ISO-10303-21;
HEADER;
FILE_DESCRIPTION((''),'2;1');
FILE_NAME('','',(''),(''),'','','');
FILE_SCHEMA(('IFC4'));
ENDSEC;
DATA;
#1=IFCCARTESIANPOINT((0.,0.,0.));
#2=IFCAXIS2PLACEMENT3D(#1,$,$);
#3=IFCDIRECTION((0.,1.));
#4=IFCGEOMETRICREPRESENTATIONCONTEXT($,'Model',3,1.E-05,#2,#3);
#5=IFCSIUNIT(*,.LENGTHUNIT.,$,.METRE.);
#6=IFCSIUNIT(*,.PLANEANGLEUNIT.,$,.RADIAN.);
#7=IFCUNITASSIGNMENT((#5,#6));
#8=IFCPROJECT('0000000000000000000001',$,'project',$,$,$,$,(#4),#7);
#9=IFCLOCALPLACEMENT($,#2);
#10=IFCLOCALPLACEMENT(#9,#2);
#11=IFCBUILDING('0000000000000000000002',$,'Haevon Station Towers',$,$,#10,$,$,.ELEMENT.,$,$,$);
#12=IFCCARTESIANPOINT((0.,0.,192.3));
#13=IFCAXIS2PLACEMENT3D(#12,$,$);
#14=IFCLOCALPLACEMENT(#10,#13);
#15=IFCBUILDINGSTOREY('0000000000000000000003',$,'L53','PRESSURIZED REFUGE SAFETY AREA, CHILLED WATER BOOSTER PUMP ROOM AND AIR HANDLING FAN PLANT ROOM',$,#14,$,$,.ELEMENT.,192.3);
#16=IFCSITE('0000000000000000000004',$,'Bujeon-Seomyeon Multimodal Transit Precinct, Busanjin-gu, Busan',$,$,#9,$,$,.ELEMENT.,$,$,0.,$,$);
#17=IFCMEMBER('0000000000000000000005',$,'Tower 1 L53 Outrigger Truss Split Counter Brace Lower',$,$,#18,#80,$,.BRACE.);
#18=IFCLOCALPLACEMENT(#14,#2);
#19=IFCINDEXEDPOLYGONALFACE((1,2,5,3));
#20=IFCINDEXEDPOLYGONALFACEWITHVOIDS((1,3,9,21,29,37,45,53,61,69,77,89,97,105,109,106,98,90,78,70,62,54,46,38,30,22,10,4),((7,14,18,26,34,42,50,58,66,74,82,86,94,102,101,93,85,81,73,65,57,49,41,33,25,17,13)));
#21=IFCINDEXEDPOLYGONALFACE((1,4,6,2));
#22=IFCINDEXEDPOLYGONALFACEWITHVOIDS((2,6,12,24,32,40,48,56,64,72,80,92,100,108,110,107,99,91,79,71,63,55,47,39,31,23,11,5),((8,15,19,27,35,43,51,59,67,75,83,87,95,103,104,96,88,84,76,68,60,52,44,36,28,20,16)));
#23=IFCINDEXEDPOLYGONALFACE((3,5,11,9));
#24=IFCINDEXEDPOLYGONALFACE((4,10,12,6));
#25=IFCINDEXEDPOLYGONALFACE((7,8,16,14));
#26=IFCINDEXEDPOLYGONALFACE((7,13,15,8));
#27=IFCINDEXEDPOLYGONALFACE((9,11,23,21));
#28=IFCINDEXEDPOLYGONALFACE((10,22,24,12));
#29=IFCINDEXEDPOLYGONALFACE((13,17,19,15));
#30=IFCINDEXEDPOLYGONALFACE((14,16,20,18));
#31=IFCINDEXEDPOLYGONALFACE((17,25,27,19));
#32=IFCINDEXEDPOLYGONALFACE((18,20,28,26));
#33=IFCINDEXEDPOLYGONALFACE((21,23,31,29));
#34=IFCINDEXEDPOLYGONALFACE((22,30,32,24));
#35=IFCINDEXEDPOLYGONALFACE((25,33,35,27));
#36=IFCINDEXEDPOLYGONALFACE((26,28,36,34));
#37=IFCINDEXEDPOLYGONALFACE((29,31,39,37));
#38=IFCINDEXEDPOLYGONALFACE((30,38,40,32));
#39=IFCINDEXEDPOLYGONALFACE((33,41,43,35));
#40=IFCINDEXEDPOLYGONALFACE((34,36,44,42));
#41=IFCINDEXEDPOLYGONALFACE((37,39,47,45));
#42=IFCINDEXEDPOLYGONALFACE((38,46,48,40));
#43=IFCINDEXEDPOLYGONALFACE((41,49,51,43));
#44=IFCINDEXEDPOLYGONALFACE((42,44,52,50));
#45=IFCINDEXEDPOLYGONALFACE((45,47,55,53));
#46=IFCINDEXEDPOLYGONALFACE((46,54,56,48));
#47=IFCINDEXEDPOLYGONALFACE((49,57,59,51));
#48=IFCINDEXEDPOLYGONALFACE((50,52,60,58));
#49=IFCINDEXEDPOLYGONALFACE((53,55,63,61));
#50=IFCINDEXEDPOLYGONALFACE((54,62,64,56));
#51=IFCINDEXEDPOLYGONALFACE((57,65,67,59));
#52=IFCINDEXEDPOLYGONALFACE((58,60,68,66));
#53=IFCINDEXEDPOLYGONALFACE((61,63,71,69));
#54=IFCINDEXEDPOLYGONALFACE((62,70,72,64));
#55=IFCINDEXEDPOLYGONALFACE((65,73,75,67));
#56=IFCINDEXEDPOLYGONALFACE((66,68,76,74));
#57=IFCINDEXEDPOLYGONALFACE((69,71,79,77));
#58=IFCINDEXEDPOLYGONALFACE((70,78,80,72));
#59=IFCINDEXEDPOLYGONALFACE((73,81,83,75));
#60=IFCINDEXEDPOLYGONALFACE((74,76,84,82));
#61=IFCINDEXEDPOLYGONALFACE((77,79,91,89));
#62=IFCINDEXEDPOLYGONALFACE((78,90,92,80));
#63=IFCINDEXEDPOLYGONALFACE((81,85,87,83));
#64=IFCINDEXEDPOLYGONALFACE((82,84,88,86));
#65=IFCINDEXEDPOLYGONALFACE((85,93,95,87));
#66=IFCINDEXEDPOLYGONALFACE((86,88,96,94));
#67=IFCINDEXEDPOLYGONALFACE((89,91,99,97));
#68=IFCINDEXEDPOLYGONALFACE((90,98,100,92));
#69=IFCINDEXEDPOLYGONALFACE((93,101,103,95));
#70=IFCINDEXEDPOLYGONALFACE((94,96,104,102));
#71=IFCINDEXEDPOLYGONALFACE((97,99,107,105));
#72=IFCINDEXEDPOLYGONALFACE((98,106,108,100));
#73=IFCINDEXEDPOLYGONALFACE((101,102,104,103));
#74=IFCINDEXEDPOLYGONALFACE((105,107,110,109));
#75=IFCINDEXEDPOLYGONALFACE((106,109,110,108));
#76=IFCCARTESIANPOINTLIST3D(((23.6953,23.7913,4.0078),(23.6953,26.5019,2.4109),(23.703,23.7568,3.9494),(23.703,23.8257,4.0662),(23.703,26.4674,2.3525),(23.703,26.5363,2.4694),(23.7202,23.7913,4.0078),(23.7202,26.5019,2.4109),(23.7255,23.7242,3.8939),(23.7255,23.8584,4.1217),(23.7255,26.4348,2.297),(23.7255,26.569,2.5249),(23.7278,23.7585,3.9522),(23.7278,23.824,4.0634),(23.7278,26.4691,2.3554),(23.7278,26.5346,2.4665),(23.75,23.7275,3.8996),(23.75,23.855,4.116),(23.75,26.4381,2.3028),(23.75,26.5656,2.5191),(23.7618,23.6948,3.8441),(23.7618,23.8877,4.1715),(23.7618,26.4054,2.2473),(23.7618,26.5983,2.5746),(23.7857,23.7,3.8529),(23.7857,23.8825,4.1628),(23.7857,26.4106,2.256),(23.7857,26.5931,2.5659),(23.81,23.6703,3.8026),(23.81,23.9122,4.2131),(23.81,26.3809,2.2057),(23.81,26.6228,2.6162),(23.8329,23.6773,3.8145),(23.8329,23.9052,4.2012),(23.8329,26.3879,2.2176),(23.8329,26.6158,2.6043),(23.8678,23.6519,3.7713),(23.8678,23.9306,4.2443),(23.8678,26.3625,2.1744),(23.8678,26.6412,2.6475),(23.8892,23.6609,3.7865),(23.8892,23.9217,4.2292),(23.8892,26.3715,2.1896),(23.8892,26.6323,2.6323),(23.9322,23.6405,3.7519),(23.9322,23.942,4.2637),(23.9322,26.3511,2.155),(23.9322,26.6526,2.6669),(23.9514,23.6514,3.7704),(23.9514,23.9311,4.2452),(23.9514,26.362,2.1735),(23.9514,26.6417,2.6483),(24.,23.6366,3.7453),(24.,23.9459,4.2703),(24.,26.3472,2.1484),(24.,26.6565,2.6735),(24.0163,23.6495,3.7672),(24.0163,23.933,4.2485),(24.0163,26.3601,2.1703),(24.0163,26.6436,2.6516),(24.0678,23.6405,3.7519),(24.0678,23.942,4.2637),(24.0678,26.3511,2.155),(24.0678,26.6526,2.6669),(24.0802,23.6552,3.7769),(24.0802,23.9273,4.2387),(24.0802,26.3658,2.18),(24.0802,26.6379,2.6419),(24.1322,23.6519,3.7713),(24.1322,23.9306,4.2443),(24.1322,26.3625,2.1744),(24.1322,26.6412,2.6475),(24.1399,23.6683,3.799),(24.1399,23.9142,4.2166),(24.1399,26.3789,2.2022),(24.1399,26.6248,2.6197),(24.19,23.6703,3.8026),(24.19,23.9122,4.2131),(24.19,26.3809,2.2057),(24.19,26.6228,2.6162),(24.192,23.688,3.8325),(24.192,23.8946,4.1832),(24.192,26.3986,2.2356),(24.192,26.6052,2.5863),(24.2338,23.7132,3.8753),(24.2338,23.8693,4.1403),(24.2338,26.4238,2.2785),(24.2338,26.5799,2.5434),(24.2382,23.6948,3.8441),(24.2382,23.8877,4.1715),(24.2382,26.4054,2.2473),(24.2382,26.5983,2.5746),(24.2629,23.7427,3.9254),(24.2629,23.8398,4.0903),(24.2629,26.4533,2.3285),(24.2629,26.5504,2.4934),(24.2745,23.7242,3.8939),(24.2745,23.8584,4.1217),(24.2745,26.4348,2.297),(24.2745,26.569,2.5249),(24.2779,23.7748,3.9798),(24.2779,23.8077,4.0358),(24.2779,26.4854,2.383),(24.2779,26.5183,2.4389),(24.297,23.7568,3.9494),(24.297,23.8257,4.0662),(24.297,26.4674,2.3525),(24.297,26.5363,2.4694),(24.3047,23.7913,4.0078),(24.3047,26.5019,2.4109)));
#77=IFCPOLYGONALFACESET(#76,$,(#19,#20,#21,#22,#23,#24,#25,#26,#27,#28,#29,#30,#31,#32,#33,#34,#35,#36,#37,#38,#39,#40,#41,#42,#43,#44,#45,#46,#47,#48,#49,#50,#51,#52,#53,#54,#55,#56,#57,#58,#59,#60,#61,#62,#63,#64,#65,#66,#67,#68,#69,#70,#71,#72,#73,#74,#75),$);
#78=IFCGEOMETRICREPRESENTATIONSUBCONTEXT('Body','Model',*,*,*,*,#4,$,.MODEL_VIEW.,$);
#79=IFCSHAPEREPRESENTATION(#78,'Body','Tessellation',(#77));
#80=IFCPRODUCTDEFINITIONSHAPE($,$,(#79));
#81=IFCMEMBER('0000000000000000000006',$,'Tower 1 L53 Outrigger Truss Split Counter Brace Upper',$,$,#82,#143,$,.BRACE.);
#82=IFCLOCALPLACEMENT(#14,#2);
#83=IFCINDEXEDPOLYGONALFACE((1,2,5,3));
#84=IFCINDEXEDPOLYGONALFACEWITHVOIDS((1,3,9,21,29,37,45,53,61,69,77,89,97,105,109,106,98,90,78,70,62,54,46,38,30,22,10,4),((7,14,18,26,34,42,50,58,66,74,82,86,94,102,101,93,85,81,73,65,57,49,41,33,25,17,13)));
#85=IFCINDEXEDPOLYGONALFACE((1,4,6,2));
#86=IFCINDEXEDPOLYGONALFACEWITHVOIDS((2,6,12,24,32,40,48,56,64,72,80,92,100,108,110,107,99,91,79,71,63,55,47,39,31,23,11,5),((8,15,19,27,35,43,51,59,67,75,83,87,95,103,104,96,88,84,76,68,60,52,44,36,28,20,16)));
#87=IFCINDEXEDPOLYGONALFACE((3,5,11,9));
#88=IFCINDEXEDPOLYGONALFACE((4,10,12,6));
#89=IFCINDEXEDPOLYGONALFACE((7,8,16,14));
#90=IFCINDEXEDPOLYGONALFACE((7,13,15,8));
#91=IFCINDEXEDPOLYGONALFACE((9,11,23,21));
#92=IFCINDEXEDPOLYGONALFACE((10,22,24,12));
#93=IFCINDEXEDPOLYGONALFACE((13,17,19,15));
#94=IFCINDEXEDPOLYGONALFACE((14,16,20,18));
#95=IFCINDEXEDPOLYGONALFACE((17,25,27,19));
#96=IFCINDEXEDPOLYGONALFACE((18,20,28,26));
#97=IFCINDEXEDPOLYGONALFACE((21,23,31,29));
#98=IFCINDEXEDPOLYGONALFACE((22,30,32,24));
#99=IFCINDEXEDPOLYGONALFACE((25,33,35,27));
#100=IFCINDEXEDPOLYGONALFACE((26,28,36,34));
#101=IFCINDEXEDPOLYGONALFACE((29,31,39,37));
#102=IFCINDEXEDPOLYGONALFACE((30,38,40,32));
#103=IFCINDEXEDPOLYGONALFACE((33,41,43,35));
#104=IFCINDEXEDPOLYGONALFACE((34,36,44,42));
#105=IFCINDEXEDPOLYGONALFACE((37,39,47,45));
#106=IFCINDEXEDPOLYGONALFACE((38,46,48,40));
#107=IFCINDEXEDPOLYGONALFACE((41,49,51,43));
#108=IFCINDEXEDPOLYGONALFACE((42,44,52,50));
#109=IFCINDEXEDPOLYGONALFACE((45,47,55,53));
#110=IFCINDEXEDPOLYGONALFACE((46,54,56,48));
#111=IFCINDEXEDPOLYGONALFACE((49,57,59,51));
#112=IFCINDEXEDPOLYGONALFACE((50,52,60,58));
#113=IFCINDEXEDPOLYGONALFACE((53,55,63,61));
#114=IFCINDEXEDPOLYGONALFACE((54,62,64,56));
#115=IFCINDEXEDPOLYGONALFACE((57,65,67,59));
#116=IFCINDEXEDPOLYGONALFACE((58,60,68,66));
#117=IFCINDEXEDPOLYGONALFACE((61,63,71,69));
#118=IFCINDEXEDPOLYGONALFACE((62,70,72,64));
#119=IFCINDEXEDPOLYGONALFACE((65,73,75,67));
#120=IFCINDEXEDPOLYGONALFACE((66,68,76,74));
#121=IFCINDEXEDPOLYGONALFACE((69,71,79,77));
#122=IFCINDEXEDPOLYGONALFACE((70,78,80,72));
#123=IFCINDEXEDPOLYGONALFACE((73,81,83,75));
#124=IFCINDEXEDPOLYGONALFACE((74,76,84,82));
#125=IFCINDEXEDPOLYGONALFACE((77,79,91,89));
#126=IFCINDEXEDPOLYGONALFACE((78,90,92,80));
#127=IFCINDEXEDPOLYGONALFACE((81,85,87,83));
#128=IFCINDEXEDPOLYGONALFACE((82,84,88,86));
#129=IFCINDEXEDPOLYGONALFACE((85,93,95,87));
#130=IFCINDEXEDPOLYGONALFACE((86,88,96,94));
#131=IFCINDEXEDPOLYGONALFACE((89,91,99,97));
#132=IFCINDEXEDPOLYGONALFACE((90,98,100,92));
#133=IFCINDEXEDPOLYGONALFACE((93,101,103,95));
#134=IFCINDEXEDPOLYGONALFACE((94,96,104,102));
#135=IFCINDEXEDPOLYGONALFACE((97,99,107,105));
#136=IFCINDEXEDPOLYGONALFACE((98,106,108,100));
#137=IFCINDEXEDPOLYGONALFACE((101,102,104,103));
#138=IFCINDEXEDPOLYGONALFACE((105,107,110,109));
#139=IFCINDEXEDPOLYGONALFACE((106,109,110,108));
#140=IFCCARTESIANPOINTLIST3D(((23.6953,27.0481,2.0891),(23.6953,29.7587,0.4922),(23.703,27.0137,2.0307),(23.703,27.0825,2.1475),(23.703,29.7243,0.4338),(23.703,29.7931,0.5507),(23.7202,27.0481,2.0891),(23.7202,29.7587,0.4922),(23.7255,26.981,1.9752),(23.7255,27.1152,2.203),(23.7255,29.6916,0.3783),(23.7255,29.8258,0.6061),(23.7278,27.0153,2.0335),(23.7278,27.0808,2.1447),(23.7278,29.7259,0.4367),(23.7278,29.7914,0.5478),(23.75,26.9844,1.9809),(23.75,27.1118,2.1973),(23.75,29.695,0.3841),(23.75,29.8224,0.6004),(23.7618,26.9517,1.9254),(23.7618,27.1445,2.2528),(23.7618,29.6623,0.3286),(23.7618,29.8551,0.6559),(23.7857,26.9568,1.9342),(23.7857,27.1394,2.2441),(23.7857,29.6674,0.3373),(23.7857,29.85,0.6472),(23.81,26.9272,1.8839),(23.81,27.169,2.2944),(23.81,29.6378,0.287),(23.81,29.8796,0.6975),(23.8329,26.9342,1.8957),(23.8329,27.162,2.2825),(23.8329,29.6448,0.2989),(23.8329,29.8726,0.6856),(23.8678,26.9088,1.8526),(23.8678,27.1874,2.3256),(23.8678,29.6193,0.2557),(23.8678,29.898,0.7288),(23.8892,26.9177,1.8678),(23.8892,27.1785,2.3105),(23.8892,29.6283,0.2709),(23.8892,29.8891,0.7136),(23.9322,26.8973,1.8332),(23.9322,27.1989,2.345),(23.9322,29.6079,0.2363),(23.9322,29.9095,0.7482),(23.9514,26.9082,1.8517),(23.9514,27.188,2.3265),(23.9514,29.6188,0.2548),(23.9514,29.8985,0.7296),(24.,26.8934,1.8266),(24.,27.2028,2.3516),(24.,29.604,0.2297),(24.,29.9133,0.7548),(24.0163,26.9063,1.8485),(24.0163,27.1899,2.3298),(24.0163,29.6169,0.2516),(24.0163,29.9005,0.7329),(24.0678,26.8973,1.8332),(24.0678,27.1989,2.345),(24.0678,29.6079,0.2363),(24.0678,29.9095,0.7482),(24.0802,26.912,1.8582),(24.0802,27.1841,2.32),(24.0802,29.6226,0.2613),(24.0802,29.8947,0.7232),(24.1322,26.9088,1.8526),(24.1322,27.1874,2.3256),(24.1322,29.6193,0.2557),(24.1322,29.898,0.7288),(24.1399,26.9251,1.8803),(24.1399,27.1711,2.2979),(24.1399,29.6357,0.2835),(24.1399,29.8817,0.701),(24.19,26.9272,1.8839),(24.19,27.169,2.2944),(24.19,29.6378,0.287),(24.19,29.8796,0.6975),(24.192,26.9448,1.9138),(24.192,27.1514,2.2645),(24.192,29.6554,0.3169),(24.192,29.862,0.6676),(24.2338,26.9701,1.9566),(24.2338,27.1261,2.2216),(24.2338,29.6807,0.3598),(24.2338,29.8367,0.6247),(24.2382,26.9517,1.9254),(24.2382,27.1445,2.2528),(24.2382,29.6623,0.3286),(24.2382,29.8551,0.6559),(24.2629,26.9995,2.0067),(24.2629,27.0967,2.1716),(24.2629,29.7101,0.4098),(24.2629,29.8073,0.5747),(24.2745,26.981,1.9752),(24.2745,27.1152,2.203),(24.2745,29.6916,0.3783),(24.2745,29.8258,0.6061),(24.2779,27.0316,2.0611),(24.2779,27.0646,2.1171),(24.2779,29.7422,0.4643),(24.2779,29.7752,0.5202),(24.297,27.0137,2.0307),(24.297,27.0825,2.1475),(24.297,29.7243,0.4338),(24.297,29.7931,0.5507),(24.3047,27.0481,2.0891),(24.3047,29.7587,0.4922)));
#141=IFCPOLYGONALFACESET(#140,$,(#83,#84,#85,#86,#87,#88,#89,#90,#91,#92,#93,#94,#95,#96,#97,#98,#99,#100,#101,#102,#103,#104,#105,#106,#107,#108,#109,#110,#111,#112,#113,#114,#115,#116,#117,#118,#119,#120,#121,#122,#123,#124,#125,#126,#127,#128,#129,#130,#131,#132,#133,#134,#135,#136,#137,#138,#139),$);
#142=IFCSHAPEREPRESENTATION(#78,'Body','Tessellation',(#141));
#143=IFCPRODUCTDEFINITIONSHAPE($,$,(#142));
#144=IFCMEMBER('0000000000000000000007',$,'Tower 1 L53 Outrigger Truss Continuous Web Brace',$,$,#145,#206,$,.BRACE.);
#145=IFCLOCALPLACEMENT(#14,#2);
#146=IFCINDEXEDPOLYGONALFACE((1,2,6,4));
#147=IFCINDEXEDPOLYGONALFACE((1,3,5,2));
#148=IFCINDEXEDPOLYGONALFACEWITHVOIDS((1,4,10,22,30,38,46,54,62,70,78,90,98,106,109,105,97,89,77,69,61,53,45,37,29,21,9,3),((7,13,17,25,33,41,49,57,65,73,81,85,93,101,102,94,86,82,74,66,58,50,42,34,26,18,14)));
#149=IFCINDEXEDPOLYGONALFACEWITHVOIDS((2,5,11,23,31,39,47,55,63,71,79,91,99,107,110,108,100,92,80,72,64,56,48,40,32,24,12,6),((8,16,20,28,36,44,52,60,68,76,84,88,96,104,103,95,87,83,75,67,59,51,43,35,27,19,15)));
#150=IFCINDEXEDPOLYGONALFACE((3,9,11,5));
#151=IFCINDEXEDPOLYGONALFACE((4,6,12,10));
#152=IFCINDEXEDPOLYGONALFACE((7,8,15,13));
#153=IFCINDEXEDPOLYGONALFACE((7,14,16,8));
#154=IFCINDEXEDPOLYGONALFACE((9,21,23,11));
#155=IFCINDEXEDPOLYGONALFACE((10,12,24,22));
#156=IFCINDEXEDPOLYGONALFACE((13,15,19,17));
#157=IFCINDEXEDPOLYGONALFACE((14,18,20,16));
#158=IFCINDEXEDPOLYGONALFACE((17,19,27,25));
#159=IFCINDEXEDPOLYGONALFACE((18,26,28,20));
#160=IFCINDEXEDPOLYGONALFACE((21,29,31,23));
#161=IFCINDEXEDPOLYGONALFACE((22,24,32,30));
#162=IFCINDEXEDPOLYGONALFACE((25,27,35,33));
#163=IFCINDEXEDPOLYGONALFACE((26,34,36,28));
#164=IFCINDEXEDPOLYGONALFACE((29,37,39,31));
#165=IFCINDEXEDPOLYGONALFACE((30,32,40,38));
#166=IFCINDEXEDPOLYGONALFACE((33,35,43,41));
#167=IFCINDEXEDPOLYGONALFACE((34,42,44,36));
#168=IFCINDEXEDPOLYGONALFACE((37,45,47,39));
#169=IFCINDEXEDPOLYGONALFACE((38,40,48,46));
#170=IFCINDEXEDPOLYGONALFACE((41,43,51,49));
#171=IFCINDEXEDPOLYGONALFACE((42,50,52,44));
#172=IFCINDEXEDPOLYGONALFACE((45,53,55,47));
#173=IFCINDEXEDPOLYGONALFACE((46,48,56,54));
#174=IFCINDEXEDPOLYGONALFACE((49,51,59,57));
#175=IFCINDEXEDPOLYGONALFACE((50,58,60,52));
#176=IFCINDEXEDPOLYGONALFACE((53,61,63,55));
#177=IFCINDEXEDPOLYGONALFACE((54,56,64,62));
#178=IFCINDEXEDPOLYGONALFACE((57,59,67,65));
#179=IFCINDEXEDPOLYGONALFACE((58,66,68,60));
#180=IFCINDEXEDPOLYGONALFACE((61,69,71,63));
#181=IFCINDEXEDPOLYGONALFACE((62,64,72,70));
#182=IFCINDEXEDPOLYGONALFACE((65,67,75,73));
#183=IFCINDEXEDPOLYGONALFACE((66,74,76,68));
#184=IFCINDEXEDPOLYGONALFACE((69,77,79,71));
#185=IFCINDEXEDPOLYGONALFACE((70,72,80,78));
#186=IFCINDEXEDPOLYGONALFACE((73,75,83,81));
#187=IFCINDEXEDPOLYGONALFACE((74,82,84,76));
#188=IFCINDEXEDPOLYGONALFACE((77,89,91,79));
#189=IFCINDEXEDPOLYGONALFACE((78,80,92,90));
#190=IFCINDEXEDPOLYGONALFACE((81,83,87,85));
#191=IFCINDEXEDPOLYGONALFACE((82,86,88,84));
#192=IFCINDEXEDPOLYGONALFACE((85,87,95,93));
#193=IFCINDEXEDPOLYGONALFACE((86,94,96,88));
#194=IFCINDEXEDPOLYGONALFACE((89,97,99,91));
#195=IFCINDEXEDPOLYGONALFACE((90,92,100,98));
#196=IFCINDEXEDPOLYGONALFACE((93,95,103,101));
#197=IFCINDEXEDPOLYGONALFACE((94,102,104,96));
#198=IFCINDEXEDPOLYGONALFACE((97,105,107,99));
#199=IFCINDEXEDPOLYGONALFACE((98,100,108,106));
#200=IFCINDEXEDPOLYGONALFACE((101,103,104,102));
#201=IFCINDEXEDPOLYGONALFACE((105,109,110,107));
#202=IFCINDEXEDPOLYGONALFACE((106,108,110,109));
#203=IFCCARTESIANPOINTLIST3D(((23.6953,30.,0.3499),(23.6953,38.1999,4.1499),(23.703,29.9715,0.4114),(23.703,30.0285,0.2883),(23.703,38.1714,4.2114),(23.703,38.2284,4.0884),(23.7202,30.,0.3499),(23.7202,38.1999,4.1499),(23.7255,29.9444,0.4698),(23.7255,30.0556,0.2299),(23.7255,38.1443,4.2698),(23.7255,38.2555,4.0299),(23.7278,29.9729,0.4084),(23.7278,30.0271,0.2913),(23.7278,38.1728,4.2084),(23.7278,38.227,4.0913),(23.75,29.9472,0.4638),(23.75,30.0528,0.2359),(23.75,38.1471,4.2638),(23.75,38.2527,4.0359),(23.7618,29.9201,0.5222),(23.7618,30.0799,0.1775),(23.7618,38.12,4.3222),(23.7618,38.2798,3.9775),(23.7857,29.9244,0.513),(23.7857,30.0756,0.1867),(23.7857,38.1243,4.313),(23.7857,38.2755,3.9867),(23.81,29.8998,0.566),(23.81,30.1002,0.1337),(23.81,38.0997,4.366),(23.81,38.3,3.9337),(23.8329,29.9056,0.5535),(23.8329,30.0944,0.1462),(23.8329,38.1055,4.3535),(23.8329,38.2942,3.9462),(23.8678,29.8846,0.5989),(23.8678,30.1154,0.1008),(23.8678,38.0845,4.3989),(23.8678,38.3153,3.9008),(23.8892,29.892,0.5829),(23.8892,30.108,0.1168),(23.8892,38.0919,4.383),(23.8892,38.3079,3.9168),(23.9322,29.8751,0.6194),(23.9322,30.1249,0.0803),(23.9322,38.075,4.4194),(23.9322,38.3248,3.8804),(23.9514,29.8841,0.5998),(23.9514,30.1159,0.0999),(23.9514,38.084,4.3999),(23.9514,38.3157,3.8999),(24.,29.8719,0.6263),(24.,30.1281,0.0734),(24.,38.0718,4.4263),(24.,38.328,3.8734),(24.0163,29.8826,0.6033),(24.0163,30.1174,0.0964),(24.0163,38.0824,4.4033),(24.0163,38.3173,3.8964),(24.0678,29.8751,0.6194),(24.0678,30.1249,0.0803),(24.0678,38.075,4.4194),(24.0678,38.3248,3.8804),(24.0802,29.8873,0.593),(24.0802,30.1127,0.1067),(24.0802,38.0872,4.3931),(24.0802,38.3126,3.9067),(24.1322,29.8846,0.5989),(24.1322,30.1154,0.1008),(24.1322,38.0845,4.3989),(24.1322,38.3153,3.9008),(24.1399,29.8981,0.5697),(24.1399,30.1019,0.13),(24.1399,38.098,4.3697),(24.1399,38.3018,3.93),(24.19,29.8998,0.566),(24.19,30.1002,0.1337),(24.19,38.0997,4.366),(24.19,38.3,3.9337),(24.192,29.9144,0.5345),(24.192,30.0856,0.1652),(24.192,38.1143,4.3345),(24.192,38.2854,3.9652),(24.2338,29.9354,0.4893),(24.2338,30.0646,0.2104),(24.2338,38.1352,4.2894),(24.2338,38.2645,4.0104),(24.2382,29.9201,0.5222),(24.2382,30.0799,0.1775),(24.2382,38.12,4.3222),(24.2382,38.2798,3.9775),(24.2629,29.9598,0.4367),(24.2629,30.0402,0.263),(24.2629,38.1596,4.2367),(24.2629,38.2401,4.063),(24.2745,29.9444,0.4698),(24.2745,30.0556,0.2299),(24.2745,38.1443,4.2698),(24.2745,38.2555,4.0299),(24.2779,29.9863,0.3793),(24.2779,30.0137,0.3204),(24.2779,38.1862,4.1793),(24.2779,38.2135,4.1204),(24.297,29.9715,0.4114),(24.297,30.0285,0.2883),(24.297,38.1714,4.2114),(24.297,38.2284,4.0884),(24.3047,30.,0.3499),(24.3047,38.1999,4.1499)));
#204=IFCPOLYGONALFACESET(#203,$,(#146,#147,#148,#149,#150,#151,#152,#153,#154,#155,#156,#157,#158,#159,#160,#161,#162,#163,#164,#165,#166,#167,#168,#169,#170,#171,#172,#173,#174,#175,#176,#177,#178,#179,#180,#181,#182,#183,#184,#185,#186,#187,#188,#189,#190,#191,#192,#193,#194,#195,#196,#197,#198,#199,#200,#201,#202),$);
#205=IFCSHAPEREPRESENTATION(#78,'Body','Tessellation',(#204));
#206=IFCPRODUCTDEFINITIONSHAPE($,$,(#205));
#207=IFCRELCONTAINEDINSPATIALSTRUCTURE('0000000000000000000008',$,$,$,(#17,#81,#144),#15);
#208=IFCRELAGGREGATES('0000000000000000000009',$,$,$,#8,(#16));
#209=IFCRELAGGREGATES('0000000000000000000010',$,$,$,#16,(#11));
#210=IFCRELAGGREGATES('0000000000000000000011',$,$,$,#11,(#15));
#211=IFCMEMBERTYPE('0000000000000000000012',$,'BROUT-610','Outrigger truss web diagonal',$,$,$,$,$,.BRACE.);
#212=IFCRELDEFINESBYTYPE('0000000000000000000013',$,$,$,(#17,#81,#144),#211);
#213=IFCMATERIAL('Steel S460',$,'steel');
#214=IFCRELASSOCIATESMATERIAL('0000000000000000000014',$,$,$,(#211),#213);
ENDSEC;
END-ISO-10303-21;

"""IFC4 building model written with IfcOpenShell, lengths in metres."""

from ifc_helpers import new_model, si_unit, direction, frame, origin, origin_2d, place, context, subcontext, project, spatial, hollow_circle, extrude, material, material_profile, profile_set, type_object, element, save


model = new_model("IFC4")

# Units and contexts
model_context = context("Model", 3, precision=1e-05, world=origin(), true_north=direction((0.0, 1.0)))
body_context = subcontext(model_context, "Body", "Model", "MODEL_VIEW")
ifc_project = project(units=[si_unit("LENGTHUNIT", "METRE"), si_unit("PLANEANGLEUNIT", "RADIAN")], contexts=[model_context])

# Site, building, storey
site_placement = place(None, origin())
site = spatial("IfcSite", under=ifc_project, at=site_placement, Name="Bujeon-Seomyeon Multimodal Transit Precinct, Busanjin-gu, Busan", CompositionType="ELEMENT", RefElevation=0.0)
building_placement = place(site_placement, origin())
building = spatial("IfcBuilding", under=site, at=building_placement, Name="Haevon Station Towers", CompositionType="ELEMENT")
storey_placement = place(building_placement, frame((0.0, 0.0, 192.3)))
storey = spatial("IfcBuildingStorey", under=building, at=storey_placement, Name="L53", Description="PRESSURIZED REFUGE SAFETY AREA, CHILLED WATER BOOSTER PUMP ROOM AND AIR HANDLING FAN PLANT ROOM", CompositionType="ELEMENT", Elevation=192.3)

# Shared definitions
ifc_material_1 = material(Name="Steel S460", Category="steel")

# Members
ifc_material_profile_1 = material_profile(ifc_material_1, hollow_circle(Radius=0.3047, WallThickness=0.0249, at=origin_2d()), Name="CHS-609.6x25")
ifc_profile_set_1 = profile_set([ifc_material_profile_1], Name="Steel S460")
member_type_1 = type_object("IfcMemberType", Name="BROUT-610", Description="Outrigger truss web diagonal", PredefinedType="BRACE", material=ifc_profile_set_1)
for number, where, z_axis, x_axis, name in (
    (1, (24.0, 23.7913, 4.0078), (0.0, 0.861601, -0.507586), (-1.0, 0.0, 0.0), "Tower 1 L53 Outrigger Truss Split Counter Brace Lower"),
    (2, (24.0, 27.0481, 2.0891), (0.0, 0.861601, -0.507586), (-1.0, 0.0, 0.0), "Tower 1 L53 Outrigger Truss Split Counter Brace Upper"),
):
    element("IfcMember", number, at=place(storey_placement, frame(where, z_axis=z_axis, x_axis=x_axis)), inside=storey, type_object=member_type_1, Name=name, PredefinedType="BRACE", context=body_context, shape_type="SweptSolid", body=[
        extrude(hollow_circle(Radius=0.3047, WallThickness=0.0249, at=origin_2d()), origin(), (0.0, 0.0, 1.0), 3.146),
    ])
member_1_placement = place(storey_placement, frame((24.0, 30.0, 0.3499), z_axis=(0.0, 0.907308, 0.420468), x_axis=(-1.0, 0.0, 0.0)))
element("IfcMember", 3, at=member_1_placement, inside=storey, type_object=member_type_1, Name="Tower 1 L53 Outrigger Truss Continuous Web Brace", PredefinedType="BRACE", context=body_context, shape_type="SweptSolid", body=[
    extrude(hollow_circle(Radius=0.3047, WallThickness=0.0249, at=origin_2d()), origin(), (0.0, 0.0, 1.0), 9.0376),
])

save(model, "model.ifc")
